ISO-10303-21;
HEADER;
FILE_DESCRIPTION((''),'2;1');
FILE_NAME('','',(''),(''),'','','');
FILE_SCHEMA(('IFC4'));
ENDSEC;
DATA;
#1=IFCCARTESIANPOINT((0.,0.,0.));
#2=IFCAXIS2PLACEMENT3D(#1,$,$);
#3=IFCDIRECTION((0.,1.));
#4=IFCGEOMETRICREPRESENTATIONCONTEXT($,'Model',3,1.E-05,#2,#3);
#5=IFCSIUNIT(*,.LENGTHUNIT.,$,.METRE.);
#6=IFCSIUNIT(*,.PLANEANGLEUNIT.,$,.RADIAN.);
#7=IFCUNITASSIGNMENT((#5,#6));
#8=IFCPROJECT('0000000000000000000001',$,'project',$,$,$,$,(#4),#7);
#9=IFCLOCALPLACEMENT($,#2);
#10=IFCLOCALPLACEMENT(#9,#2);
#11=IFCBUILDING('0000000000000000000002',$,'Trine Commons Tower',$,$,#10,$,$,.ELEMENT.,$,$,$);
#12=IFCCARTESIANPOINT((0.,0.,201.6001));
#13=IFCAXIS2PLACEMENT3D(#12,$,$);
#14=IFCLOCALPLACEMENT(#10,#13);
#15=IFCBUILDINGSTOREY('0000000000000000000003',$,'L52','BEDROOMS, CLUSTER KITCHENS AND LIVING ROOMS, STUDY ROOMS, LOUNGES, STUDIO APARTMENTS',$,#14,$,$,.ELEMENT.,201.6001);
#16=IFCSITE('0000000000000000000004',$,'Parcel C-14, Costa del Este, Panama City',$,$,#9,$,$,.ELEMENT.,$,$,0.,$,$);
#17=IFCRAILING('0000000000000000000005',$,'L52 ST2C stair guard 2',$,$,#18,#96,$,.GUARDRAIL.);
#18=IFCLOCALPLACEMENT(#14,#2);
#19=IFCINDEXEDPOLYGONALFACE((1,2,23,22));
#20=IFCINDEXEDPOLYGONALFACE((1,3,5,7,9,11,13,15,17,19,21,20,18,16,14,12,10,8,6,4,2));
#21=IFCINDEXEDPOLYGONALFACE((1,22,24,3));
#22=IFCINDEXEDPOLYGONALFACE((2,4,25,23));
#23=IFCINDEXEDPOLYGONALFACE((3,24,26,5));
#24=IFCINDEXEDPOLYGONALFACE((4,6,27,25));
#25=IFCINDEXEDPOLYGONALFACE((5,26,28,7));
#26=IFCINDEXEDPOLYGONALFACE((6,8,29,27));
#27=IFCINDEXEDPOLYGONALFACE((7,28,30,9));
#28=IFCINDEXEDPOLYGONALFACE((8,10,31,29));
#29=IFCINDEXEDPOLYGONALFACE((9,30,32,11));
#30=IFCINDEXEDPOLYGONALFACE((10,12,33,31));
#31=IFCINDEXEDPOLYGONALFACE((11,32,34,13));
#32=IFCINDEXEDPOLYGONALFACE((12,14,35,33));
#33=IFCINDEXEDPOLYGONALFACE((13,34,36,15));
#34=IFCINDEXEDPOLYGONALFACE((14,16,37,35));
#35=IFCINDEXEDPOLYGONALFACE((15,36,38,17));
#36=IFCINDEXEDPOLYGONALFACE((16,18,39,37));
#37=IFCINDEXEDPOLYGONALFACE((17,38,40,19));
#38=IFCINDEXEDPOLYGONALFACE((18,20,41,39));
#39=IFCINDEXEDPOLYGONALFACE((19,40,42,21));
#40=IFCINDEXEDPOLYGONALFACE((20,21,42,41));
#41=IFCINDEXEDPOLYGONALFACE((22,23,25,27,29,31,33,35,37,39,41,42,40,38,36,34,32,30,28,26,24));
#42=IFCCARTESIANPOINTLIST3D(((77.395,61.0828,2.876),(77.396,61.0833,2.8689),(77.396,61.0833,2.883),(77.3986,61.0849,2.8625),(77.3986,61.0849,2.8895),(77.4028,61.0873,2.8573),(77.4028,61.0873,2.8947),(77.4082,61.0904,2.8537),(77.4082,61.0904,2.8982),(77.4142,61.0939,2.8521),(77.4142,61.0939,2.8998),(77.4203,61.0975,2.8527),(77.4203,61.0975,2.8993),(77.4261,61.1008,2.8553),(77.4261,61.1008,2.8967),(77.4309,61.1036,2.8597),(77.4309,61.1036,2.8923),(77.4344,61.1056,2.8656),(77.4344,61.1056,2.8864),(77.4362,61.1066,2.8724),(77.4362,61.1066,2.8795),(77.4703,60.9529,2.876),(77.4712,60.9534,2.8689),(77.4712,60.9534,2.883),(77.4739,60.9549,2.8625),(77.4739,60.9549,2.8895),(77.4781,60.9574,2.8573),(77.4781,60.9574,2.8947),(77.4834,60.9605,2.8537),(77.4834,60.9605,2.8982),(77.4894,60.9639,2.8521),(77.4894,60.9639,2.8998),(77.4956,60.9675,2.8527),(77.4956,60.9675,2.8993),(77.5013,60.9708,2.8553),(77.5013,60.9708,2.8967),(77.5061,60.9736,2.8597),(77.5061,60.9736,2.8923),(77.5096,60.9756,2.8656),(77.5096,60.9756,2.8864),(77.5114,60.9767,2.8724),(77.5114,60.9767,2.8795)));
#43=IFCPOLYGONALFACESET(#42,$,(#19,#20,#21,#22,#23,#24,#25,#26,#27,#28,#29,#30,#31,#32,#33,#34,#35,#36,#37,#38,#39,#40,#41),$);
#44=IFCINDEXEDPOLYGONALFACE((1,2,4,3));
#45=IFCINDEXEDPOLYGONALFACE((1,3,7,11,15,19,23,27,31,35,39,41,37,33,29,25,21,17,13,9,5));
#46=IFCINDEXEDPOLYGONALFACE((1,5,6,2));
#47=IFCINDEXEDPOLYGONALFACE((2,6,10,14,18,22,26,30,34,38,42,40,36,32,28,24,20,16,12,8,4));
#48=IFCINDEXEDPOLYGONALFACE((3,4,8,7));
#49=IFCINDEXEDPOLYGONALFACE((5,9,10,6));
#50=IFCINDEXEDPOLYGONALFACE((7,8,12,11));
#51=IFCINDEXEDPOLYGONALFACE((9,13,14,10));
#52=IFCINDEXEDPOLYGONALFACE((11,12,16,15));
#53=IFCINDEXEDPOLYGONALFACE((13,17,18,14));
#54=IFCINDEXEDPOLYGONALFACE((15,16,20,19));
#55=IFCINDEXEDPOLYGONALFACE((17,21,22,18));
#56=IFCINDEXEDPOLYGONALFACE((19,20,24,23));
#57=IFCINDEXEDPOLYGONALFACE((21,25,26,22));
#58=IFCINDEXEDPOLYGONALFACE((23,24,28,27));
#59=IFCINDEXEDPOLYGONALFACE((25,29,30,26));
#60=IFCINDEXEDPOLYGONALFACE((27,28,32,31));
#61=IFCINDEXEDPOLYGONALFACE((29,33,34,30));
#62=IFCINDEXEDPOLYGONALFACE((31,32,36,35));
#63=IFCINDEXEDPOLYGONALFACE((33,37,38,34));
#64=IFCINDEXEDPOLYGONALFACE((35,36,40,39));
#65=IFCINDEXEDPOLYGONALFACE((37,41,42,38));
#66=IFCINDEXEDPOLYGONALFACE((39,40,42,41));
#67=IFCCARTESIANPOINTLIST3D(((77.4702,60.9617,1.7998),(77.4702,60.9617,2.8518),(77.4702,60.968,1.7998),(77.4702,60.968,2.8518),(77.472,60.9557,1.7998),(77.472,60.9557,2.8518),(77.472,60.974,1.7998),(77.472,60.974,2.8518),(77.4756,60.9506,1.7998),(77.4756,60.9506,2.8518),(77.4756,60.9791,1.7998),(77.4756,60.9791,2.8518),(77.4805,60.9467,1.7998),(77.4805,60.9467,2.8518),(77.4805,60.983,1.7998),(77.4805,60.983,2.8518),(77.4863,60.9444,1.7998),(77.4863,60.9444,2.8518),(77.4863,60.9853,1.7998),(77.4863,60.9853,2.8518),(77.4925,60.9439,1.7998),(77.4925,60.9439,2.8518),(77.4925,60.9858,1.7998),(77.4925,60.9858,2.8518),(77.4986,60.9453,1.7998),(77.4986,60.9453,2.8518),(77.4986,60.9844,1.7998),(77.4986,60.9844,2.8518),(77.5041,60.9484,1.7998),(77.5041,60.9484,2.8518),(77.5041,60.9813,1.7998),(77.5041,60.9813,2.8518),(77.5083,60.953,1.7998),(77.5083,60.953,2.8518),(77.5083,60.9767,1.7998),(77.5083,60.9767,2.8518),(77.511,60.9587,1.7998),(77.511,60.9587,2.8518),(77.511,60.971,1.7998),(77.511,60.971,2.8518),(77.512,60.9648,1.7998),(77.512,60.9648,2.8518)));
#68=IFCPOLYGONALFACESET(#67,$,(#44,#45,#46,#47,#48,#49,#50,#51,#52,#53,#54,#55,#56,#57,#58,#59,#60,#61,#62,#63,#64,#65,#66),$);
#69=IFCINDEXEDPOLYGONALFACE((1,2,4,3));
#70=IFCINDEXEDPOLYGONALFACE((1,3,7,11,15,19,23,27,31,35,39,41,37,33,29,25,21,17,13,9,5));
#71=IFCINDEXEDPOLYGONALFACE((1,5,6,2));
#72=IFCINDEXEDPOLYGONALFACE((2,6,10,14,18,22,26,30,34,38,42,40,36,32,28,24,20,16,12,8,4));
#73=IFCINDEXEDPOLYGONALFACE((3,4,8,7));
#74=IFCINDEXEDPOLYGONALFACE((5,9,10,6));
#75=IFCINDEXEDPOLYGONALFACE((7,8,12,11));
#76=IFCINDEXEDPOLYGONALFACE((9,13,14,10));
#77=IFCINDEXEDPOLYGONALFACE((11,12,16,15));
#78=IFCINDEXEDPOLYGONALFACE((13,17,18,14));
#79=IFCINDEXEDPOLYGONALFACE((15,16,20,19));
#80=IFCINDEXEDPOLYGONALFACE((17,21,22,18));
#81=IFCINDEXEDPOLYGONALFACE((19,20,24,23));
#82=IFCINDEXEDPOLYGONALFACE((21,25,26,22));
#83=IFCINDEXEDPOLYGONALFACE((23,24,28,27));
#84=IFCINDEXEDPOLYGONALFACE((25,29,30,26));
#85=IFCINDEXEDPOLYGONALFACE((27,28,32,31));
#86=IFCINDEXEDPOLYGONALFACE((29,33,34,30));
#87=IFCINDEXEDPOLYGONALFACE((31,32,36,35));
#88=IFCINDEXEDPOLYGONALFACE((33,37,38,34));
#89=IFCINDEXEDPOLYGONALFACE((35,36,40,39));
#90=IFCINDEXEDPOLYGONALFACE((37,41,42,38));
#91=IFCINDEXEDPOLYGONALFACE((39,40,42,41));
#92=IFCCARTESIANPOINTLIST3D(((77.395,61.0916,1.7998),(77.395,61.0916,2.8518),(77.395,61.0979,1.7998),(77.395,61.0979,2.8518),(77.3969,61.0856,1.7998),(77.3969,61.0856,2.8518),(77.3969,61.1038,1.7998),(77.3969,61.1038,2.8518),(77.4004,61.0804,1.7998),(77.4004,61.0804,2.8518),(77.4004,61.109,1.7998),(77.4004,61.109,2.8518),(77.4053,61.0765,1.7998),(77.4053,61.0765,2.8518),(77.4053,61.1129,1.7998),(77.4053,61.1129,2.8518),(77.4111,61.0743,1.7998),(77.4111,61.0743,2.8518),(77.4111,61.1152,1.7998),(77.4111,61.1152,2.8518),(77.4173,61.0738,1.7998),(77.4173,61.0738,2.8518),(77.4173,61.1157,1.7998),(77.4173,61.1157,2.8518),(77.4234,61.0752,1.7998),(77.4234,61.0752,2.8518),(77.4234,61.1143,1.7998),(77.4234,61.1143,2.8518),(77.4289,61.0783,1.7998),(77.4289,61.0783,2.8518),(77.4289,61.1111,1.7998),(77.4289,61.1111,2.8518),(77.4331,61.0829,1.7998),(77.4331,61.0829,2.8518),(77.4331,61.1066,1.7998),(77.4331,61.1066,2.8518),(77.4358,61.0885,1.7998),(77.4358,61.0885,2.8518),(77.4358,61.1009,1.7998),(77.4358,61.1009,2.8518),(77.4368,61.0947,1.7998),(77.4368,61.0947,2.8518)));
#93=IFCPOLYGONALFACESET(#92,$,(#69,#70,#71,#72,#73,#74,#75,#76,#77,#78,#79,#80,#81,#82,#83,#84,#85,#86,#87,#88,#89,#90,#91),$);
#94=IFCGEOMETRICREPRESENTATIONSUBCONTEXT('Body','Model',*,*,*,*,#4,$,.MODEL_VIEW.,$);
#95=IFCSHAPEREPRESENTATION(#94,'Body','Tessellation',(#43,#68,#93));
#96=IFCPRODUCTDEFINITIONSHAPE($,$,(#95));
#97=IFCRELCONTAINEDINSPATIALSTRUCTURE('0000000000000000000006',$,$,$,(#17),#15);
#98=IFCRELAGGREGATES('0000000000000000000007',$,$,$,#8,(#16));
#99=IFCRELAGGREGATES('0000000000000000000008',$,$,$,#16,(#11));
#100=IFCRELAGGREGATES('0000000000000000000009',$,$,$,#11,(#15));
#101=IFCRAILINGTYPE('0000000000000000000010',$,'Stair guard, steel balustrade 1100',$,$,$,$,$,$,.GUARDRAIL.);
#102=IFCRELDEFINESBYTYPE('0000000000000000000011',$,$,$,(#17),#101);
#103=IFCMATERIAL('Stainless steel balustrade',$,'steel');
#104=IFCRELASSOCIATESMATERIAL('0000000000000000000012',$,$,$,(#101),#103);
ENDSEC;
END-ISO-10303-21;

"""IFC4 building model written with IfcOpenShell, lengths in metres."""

from ifc_helpers import new_model, si_unit, direction, frame, origin, origin_2d, place, context, subcontext, project, spatial, circle, extrude, material, type_object, element, save


model = new_model("IFC4")

# Units and contexts
model_context = context("Model", 3, precision=1e-05, world=origin(), true_north=direction((0.0, 1.0)))
body_context = subcontext(model_context, "Body", "Model", "MODEL_VIEW")
ifc_project = project(units=[si_unit("LENGTHUNIT", "METRE"), si_unit("PLANEANGLEUNIT", "RADIAN")], contexts=[model_context])

# Site, building, storey
site_placement = place(None, origin())
site = spatial("IfcSite", under=ifc_project, at=site_placement, Name="Parcel C-14, Costa del Este, Panama City", CompositionType="ELEMENT", RefElevation=0.0)
building_placement = place(site_placement, origin())
building = spatial("IfcBuilding", under=site, at=building_placement, Name="Trine Commons Tower", CompositionType="ELEMENT")
storey_placement = place(building_placement, frame((0.0, 0.0, 201.6001)))
storey = spatial("IfcBuildingStorey", under=building, at=storey_placement, Name="L52", Description="BEDROOMS, CLUSTER KITCHENS AND LIVING ROOMS, STUDY ROOMS, LOUNGES, STUDIO APARTMENTS", CompositionType="ELEMENT", Elevation=201.6001)

# Railing
ifc_material_1 = material(Name="Stainless steel balustrade", Category="steel")
railing_type_1 = type_object("IfcRailingType", Name="Stair guard, steel balustrade 1100", PredefinedType="GUARDRAIL", material=ifc_material_1)
railing_1_placement = place(storey_placement, frame((77.491, 60.9648, 1.7998)))
element("IfcRailing", 1, at=railing_1_placement, inside=storey, type_object=railing_type_1, Name="L52 ST2C stair guard 2", PredefinedType="GUARDRAIL", context=body_context, shape_type="SweptSolid", body=[
    extrude(circle(Radius=0.0239, at=origin_2d()), frame((0.0, 0.0, 1.0762), z_axis=(-0.501036, 0.865426, 0.0), x_axis=(-0.865426, -0.501036, 0.0)), (0.0, 0.0, 1.0), 0.1501),
    extrude(circle(Radius=0.021, at=origin_2d()), origin(), (0.0, 0.0, 1.0), 1.052),
    extrude(circle(Radius=0.021, at=origin_2d()), frame((-0.0752, 0.1299, 0.0)), (0.0, 0.0, 1.0), 1.052),
])

save(model, "model.ifc")
